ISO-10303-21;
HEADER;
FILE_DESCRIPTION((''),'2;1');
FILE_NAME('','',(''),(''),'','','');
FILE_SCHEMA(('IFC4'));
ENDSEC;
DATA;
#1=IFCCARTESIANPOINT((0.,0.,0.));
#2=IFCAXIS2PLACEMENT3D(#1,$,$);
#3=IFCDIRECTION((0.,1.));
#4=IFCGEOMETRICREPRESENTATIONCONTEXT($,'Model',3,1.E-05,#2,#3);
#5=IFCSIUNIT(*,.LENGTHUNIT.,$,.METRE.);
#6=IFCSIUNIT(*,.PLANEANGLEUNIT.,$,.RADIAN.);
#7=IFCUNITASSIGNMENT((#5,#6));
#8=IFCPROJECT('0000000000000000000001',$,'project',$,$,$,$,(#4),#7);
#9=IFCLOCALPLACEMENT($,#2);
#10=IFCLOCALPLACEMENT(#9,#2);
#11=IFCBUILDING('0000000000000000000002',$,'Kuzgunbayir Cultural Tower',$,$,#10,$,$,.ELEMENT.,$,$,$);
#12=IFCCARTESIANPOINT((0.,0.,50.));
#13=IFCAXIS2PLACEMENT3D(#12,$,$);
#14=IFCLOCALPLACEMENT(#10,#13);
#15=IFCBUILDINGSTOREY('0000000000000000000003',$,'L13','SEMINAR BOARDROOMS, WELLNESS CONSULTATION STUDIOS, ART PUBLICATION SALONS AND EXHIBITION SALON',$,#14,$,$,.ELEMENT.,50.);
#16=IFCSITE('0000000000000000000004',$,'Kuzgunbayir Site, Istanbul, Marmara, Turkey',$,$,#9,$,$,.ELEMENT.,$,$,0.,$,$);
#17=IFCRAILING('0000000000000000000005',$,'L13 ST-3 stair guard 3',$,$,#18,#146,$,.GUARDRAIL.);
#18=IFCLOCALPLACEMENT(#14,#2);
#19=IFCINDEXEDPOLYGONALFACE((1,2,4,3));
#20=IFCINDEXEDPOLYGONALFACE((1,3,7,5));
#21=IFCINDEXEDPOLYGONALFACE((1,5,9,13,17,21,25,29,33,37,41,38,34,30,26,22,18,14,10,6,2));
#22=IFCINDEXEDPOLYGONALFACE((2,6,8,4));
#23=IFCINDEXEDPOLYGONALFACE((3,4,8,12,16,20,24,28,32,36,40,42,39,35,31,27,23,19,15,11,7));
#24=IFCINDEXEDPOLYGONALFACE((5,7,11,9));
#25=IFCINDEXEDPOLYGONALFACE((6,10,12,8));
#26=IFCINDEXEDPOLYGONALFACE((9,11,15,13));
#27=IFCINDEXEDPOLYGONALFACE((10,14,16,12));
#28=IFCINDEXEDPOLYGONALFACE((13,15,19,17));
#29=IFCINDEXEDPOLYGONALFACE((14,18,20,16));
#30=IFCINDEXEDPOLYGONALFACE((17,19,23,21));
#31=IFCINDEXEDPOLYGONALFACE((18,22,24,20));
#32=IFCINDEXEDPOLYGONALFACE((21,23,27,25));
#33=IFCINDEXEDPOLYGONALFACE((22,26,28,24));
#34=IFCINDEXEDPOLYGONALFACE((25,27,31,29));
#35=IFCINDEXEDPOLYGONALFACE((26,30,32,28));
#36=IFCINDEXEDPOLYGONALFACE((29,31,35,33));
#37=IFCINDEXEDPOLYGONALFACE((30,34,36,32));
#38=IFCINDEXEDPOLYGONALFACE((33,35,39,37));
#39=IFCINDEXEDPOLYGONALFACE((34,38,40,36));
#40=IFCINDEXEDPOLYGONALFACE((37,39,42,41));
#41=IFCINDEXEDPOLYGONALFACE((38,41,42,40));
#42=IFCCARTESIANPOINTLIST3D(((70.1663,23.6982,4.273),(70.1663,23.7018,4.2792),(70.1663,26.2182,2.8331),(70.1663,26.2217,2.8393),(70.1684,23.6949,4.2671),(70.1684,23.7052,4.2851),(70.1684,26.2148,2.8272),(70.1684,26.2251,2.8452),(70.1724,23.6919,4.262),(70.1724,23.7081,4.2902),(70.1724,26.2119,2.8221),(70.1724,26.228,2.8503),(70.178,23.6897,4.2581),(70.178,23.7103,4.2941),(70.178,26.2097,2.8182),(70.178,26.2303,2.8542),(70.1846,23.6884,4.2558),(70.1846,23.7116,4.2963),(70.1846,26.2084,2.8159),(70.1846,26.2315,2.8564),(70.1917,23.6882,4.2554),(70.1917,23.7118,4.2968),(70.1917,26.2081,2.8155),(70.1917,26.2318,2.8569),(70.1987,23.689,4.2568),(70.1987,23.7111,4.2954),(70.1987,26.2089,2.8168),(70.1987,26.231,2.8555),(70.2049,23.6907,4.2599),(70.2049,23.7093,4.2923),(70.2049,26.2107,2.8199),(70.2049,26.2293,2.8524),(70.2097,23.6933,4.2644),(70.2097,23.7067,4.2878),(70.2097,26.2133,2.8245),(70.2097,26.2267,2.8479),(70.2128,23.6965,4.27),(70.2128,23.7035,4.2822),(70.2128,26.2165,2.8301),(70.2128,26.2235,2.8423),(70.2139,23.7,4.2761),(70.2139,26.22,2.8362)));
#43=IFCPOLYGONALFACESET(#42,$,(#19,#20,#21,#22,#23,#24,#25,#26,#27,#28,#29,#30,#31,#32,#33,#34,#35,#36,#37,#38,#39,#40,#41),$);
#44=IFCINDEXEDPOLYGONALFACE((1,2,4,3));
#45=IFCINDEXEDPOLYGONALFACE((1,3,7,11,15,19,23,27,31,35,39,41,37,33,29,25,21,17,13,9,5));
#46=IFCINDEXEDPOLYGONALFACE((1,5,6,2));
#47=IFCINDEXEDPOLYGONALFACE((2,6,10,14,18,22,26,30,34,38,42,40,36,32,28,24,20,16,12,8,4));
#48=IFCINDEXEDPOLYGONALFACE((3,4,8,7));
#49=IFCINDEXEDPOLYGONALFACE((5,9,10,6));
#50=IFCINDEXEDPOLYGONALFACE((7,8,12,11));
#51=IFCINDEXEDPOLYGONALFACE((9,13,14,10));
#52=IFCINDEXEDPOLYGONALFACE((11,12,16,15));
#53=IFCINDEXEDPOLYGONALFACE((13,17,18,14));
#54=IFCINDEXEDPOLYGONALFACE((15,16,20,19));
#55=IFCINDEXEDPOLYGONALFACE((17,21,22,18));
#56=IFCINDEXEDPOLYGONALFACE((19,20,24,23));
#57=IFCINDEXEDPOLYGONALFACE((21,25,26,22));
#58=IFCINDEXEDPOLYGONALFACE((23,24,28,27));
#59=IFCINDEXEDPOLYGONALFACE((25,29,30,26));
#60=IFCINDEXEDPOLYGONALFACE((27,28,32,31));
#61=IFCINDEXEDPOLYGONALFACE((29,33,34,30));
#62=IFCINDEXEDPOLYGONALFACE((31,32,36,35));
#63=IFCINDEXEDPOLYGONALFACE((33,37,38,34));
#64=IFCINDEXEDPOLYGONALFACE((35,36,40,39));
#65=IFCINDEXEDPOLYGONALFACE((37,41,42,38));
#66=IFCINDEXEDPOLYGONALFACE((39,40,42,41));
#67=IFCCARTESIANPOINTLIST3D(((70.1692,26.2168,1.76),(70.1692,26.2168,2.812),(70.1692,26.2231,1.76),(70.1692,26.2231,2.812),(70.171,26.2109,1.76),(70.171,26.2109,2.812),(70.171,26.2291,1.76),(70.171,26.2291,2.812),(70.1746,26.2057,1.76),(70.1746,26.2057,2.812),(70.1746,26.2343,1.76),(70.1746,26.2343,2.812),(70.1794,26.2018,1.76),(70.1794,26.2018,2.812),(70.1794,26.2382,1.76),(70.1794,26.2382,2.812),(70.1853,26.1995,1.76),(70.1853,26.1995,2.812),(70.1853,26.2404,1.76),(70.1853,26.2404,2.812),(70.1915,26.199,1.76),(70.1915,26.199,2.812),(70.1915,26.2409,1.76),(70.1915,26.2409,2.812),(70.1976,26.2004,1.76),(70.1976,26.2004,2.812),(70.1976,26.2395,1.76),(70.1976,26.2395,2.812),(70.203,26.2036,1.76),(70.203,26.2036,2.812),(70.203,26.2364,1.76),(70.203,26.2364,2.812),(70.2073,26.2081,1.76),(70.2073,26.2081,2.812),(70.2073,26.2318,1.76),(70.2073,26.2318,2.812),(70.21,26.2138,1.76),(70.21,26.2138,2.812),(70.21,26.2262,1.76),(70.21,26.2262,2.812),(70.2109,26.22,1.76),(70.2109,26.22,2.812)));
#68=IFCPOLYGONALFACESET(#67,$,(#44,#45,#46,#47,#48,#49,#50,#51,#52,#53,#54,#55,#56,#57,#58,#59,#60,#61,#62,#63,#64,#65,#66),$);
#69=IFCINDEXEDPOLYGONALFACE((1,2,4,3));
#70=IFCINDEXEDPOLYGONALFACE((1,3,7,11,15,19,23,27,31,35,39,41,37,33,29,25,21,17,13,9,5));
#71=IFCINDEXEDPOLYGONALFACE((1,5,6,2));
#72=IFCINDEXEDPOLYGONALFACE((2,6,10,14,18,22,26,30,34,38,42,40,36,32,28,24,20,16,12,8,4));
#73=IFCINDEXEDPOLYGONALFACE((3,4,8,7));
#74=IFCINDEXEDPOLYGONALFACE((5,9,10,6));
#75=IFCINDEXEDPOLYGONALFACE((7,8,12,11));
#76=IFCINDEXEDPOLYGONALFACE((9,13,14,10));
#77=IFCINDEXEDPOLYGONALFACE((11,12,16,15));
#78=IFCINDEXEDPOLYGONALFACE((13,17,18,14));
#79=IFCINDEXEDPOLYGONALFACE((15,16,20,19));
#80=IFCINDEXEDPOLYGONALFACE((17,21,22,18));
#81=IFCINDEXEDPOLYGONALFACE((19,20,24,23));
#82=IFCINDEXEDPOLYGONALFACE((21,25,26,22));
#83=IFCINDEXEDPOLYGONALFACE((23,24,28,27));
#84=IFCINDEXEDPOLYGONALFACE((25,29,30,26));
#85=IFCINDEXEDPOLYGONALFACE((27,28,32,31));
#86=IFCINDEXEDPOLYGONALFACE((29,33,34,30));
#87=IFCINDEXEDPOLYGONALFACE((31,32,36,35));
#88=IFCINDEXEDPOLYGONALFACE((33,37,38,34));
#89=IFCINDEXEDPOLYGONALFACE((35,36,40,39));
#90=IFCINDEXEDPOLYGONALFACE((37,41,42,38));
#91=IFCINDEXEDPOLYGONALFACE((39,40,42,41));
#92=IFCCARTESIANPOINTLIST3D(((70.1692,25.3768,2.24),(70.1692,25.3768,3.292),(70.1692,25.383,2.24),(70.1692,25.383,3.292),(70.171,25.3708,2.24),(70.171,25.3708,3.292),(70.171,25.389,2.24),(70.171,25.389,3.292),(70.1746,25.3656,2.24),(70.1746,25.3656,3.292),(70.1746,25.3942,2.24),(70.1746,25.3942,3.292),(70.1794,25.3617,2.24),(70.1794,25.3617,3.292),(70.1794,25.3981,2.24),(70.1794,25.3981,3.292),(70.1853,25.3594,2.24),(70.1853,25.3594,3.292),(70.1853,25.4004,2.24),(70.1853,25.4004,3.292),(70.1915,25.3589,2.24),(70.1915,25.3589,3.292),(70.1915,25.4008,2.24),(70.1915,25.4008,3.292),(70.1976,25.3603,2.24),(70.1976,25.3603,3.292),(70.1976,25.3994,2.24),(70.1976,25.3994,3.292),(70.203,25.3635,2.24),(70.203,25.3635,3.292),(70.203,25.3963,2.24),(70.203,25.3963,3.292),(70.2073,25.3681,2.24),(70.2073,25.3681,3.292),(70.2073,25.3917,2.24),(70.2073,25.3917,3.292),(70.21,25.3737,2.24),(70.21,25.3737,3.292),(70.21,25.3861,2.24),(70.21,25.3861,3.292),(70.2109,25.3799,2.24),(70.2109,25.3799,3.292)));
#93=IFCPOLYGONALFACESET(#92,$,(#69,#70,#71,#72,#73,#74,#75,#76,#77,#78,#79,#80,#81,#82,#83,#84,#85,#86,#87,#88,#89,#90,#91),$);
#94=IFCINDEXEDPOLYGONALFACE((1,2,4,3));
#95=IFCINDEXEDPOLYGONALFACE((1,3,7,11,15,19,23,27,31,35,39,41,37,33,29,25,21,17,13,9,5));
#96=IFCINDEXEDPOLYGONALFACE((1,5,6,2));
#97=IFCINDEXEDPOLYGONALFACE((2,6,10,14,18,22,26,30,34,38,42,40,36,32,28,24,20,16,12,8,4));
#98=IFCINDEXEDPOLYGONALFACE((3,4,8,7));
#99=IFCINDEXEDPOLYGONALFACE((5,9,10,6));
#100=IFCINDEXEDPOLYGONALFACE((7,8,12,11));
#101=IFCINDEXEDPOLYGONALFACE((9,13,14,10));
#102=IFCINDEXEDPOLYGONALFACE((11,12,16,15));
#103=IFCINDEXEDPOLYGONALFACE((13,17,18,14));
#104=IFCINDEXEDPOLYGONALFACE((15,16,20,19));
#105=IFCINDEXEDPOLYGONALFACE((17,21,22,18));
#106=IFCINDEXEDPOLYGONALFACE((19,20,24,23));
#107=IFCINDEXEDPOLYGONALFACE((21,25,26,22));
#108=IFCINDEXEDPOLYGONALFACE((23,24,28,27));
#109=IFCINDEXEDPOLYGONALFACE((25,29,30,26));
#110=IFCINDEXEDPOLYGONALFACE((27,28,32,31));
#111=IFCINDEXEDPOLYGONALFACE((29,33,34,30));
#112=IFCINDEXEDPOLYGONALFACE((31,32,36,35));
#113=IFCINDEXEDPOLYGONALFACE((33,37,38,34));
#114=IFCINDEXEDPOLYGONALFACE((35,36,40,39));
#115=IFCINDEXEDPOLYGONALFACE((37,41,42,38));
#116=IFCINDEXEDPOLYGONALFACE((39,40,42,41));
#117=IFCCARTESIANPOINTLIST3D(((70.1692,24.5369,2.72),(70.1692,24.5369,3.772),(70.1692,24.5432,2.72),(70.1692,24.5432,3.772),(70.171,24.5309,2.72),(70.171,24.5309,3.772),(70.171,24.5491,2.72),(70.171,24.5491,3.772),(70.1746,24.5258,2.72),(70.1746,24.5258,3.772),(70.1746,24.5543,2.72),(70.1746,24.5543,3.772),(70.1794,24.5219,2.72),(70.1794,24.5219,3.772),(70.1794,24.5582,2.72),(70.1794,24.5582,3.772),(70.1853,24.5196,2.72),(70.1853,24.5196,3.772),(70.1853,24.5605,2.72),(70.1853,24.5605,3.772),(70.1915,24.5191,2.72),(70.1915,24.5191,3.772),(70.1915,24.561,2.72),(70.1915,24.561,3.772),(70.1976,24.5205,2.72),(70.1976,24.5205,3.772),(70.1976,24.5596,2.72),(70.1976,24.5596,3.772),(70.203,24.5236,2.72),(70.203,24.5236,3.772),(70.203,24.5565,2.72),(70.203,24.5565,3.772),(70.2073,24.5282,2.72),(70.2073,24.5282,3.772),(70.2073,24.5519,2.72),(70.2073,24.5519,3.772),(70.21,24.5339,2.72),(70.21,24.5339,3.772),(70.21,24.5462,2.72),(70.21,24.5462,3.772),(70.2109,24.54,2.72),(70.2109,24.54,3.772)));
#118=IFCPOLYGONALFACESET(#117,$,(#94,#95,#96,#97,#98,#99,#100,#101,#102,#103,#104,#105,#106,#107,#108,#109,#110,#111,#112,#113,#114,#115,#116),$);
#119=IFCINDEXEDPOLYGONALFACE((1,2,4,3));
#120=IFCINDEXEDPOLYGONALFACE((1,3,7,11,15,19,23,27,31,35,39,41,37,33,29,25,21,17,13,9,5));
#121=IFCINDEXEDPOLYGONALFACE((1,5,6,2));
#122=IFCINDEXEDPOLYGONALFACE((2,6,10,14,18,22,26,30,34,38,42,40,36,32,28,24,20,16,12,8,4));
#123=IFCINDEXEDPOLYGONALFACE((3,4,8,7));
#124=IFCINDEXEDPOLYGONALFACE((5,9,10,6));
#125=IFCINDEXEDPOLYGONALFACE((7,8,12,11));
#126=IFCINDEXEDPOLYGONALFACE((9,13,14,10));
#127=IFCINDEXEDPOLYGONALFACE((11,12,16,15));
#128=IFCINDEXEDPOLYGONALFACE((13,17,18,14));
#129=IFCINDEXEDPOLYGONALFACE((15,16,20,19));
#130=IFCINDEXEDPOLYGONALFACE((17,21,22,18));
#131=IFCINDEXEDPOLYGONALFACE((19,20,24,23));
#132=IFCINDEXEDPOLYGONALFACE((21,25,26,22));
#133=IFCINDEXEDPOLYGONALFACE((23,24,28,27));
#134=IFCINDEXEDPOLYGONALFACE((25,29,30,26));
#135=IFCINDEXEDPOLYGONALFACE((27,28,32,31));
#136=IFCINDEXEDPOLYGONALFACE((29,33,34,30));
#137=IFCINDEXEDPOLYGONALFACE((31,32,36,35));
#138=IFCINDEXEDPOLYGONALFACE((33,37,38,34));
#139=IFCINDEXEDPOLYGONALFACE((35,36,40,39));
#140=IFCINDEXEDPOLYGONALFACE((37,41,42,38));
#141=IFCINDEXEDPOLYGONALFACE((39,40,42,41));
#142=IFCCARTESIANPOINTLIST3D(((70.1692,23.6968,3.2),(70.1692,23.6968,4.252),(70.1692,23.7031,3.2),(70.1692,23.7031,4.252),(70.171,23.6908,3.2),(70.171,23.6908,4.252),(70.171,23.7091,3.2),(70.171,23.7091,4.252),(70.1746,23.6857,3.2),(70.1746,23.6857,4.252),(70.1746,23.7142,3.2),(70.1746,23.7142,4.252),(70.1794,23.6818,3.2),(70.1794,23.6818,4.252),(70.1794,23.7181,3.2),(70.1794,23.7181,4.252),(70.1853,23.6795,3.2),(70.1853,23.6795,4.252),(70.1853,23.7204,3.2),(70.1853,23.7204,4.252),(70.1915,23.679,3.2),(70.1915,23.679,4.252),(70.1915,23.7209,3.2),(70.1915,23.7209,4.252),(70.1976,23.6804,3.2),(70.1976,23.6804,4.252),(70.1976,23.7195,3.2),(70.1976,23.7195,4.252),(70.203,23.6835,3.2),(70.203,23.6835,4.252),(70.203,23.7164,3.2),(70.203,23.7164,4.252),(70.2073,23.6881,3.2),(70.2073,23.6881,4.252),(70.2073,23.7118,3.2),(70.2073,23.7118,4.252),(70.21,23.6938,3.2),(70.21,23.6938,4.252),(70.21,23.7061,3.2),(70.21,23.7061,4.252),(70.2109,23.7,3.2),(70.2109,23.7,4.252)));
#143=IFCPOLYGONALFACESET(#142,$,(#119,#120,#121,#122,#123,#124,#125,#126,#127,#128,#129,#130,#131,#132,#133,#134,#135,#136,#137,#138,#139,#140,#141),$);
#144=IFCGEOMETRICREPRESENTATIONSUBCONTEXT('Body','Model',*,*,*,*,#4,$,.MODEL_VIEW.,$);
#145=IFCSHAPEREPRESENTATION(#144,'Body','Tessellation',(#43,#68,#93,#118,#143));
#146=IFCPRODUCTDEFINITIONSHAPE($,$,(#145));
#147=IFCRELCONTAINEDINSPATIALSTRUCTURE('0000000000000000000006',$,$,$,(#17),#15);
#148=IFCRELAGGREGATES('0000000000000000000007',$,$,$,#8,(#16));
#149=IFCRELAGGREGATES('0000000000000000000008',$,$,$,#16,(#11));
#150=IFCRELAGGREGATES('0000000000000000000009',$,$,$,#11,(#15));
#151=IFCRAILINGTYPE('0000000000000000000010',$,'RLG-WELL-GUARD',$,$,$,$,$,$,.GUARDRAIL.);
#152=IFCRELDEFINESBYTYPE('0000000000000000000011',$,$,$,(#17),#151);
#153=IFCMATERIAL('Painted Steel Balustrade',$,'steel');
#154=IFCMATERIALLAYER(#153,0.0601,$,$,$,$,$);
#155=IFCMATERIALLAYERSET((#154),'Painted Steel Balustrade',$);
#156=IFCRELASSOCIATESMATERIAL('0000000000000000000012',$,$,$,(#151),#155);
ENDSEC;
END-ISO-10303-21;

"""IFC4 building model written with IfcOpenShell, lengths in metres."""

from ifc_helpers import new_model, si_unit, direction, frame, origin, origin_2d, place, context, subcontext, project, spatial, circle, extrude, material, layer, layer_set, type_object, element, save


model = new_model("IFC4")

# Units and contexts
model_context = context("Model", 3, precision=1e-05, world=origin(), true_north=direction((0.0, 1.0)))
body_context = subcontext(model_context, "Body", "Model", "MODEL_VIEW")
ifc_project = project(units=[si_unit("LENGTHUNIT", "METRE"), si_unit("PLANEANGLEUNIT", "RADIAN")], contexts=[model_context])

# Site, building, storey
site_placement = place(None, origin())
site = spatial("IfcSite", under=ifc_project, at=site_placement, Name="Kuzgunbayir Site, Istanbul, Marmara, Turkey", CompositionType="ELEMENT", RefElevation=0.0)
building_placement = place(site_placement, origin())
building = spatial("IfcBuilding", under=site, at=building_placement, Name="Kuzgunbayir Cultural Tower", CompositionType="ELEMENT")
storey_placement = place(building_placement, frame((0.0, 0.0, 50.0)))
storey = spatial("IfcBuildingStorey", under=building, at=storey_placement, Name="L13", Description="SEMINAR BOARDROOMS, WELLNESS CONSULTATION STUDIOS, ART PUBLICATION SALONS AND EXHIBITION SALON", CompositionType="ELEMENT", Elevation=50.0)

# Railing
ifc_material_1 = material(Name="Painted Steel Balustrade", Category="steel")
ifc_layer_1 = layer(ifc_material_1, 0.0601)
ifc_layer_set_1 = layer_set([ifc_layer_1], Name="Painted Steel Balustrade")
railing_type_1 = type_object("IfcRailingType", Name="RLG-WELL-GUARD", PredefinedType="GUARDRAIL", material=ifc_layer_set_1)
railing_1_placement = place(storey_placement, frame((70.1899, 26.22, 1.76)))
element("IfcRailing", 1, at=railing_1_placement, inside=storey, type_object=railing_type_1, Name="L13 ST-3 stair guard 3", PredefinedType="GUARDRAIL", context=body_context, shape_type="SweptSolid", body=[
    extrude(circle(Radius=0.0239, at=origin_2d()), frame((0.0, 0.0, 1.0762), z_axis=(0.0, -0.868253, 0.496121), x_axis=(1.0, 0.0, 0.0)), (0.0, 0.0, 1.0), 2.9023),
    extrude(circle(Radius=0.021, at=origin_2d()), origin(), (0.0, 0.0, 1.0), 1.052),
    extrude(circle(Radius=0.021, at=origin_2d()), frame((0.0, -0.8401, 0.48)), (0.0, 0.0, 1.0), 1.052),
    extrude(circle(Radius=0.021, at=origin_2d()), frame((0.0, -1.6799, 0.96)), (0.0, 0.0, 1.0), 1.052),
    extrude(circle(Radius=0.021, at=origin_2d()), frame((0.0, -2.52, 1.4399)), (0.0, 0.0, 1.0), 1.052),
])

save(model, "model.ifc")
